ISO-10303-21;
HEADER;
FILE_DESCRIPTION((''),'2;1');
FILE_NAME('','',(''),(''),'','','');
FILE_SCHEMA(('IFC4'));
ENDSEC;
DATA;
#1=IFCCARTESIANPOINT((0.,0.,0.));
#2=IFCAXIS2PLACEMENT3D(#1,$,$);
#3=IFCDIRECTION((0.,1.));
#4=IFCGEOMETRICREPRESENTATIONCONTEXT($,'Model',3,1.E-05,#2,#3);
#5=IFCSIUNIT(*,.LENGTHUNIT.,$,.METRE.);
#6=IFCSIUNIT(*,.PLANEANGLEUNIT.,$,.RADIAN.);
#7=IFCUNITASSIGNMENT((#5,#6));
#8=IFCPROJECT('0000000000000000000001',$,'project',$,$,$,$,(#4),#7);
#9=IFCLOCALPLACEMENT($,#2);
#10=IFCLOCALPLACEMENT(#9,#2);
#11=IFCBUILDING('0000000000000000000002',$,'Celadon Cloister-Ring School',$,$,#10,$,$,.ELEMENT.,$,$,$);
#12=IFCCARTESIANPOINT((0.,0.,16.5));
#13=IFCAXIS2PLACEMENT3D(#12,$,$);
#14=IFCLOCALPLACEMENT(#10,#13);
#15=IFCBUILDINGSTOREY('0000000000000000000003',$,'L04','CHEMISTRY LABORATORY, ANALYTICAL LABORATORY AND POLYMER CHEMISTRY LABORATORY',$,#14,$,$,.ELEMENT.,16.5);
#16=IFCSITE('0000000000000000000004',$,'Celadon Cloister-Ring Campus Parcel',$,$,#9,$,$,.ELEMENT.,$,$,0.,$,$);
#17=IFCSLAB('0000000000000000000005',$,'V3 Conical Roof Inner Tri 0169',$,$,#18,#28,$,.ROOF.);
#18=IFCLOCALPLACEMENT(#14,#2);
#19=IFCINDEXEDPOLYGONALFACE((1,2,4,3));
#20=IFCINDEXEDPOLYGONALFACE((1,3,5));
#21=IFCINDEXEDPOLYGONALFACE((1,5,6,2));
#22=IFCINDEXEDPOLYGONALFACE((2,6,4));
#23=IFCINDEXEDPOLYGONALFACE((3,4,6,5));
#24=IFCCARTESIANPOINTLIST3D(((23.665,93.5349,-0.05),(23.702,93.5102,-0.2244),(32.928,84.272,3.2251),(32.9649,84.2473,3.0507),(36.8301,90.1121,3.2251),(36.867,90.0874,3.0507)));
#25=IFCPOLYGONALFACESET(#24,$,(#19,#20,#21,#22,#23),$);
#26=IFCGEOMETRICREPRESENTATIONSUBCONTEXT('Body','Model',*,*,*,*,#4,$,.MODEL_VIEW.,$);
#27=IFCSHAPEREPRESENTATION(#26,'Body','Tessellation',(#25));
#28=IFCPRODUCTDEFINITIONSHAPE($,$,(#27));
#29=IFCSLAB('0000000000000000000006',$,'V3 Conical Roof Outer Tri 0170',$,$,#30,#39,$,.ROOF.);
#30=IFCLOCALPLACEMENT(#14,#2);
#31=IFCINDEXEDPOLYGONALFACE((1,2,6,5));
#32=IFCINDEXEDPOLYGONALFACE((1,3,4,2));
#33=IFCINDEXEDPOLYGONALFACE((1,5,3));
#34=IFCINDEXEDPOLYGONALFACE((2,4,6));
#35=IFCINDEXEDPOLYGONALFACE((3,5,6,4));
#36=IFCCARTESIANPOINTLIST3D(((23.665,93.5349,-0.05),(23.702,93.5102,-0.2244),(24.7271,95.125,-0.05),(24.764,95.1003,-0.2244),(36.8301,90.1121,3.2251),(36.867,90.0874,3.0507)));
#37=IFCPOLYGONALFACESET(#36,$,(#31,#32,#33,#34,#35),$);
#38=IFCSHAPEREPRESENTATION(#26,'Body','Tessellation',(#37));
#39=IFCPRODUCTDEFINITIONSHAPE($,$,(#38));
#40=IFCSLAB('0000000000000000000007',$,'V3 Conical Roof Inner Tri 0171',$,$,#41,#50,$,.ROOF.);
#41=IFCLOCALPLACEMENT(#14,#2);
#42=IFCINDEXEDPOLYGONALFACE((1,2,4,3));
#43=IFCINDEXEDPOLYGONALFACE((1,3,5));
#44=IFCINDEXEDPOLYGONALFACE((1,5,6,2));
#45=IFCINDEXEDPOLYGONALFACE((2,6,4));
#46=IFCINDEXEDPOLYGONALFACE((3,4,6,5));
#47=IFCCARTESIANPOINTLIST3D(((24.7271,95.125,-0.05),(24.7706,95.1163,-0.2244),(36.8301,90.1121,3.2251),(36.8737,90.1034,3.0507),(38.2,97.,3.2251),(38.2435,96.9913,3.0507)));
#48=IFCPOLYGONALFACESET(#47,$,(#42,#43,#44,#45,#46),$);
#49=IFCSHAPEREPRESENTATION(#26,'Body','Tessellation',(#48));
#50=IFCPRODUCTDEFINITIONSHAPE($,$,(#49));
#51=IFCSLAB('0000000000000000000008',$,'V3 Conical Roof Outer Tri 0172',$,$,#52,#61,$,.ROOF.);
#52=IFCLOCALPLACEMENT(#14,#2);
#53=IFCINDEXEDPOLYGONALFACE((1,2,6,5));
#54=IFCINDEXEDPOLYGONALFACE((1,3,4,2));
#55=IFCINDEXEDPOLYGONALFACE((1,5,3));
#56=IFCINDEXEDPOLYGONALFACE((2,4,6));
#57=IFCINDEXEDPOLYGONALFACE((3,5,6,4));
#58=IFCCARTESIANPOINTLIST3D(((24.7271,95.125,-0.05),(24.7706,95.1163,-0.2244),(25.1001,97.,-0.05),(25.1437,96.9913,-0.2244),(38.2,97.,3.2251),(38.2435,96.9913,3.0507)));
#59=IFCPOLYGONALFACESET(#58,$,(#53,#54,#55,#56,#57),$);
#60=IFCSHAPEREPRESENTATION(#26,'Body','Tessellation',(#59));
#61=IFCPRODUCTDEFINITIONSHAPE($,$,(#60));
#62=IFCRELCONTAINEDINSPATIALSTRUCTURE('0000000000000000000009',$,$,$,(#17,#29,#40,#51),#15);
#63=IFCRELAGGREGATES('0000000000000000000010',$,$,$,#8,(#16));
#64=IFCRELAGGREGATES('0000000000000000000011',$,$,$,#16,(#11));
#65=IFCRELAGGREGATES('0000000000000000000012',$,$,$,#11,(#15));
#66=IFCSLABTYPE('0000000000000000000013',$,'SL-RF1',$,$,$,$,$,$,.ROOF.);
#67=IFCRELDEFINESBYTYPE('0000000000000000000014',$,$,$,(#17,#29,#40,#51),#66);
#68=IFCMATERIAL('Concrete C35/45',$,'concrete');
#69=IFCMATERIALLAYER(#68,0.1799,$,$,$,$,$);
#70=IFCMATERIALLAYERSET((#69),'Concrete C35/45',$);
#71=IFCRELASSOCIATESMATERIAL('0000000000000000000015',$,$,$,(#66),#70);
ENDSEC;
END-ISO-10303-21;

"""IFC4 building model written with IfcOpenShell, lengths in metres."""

from ifc_helpers import new_model, si_unit, direction, frame, origin, place, context, subcontext, project, spatial, polyline, outline, extrude, material, layer, layer_set, type_object, element, save


model = new_model("IFC4")

# Units and contexts
model_context = context("Model", 3, precision=1e-05, world=origin(), true_north=direction((0.0, 1.0)))
body_context = subcontext(model_context, "Body", "Model", "MODEL_VIEW")
ifc_project = project(units=[si_unit("LENGTHUNIT", "METRE"), si_unit("PLANEANGLEUNIT", "RADIAN")], contexts=[model_context])

# Site, building, storey
site_placement = place(None, origin())
site = spatial("IfcSite", under=ifc_project, at=site_placement, Name="Celadon Cloister-Ring Campus Parcel", CompositionType="ELEMENT", RefElevation=0.0)
building_placement = place(site_placement, origin())
building = spatial("IfcBuilding", under=site, at=building_placement, Name="Celadon Cloister-Ring School", CompositionType="ELEMENT")
storey_placement = place(building_placement, frame((0.0, 0.0, 16.5)))
storey = spatial("IfcBuildingStorey", under=building, at=storey_placement, Name="L04", Description="CHEMISTRY LABORATORY, ANALYTICAL LABORATORY AND POLYMER CHEMISTRY LABORATORY", CompositionType="ELEMENT", Elevation=16.5)

# Slabs
ifc_material_1 = material(Name="Concrete C35/45", Category="concrete")
ifc_layer_1 = layer(ifc_material_1, 0.1799)
ifc_layer_set_1 = layer_set([ifc_layer_1], Name="Concrete C35/45")
slab_type = type_object("IfcSlabType", Name="SL-RF1", PredefinedType="ROOF", material=ifc_layer_set_1)
slab_1_placement = place(storey_placement, frame((23.665, 93.5349, -0.05), z_axis=(-0.205387, 0.137231, 0.969012), x_axis=(0.685992, -0.685992, 0.24255)))
element("IfcSlab", 1, at=slab_1_placement, inside=storey, type_object=slab_type, Name="V3 Conical Roof Inner Tri 0169", PredefinedType="ROOF", context=body_context, shape_type="SweptSolid", body=[
    extrude(outline(polyline([(0.0, 0.0), (13.503, 0.0), (12.1735, 6.8968), (0.0, 0.0)])), origin(), (0.0, 0.0, -1.0), 0.1799),
])
slab_2_placement = place(storey_placement, frame((23.665, 93.5349, -0.05), z_axis=(-0.2054, 0.137186, 0.969015), x_axis=(0.940934, -0.244639, 0.234082)))
element("IfcSlab", 2, at=slab_2_placement, inside=storey, type_object=slab_type, Name="V3 Conical Roof Outer Tri 0170", PredefinedType="ROOF", context=body_context, shape_type="SweptSolid", body=[
    extrude(outline(polyline([(0.0, 0.0), (13.9915, 0.0), (0.6103, 1.8121), (0.0, 0.0)])), origin(), (0.0, 0.0, -1.0), 0.1799),
])
slab_3_placement = place(storey_placement, frame((24.7271, 95.125, -0.05), z_axis=(-0.242264, 0.048181, 0.969013), x_axis=(0.896301, -0.371238, 0.242544)))
element("IfcSlab", 3, at=slab_3_placement, inside=storey, type_object=slab_type, Name="V3 Conical Roof Inner Tri 0171", PredefinedType="ROOF", context=body_context, shape_type="SweptSolid", body=[
    extrude(outline(polyline([(0.0, 0.0), (13.5033, 0.0), (12.1741, 6.8959), (0.0, 0.0)])), origin(), (0.0, 0.0, -1.0), 0.1799),
])
slab_4_placement = place(storey_placement, frame((24.7271, 95.125, -0.05), z_axis=(-0.242266, 0.048201, 0.969012), x_axis=(0.962937, 0.13401, 0.234082)))
element("IfcSlab", 4, at=slab_4_placement, inside=storey, type_object=slab_type, Name="V3 Conical Roof Outer Tri 0172", PredefinedType="ROOF", context=body_context, shape_type="SweptSolid", body=[
    extrude(outline(polyline([(0.0, 0.0), (13.9915, 0.0), (0.6105, 1.8117), (0.0, 0.0)])), origin(), (0.0, 0.0, -1.0), 0.1799),
])

save(model, "model.ifc")
